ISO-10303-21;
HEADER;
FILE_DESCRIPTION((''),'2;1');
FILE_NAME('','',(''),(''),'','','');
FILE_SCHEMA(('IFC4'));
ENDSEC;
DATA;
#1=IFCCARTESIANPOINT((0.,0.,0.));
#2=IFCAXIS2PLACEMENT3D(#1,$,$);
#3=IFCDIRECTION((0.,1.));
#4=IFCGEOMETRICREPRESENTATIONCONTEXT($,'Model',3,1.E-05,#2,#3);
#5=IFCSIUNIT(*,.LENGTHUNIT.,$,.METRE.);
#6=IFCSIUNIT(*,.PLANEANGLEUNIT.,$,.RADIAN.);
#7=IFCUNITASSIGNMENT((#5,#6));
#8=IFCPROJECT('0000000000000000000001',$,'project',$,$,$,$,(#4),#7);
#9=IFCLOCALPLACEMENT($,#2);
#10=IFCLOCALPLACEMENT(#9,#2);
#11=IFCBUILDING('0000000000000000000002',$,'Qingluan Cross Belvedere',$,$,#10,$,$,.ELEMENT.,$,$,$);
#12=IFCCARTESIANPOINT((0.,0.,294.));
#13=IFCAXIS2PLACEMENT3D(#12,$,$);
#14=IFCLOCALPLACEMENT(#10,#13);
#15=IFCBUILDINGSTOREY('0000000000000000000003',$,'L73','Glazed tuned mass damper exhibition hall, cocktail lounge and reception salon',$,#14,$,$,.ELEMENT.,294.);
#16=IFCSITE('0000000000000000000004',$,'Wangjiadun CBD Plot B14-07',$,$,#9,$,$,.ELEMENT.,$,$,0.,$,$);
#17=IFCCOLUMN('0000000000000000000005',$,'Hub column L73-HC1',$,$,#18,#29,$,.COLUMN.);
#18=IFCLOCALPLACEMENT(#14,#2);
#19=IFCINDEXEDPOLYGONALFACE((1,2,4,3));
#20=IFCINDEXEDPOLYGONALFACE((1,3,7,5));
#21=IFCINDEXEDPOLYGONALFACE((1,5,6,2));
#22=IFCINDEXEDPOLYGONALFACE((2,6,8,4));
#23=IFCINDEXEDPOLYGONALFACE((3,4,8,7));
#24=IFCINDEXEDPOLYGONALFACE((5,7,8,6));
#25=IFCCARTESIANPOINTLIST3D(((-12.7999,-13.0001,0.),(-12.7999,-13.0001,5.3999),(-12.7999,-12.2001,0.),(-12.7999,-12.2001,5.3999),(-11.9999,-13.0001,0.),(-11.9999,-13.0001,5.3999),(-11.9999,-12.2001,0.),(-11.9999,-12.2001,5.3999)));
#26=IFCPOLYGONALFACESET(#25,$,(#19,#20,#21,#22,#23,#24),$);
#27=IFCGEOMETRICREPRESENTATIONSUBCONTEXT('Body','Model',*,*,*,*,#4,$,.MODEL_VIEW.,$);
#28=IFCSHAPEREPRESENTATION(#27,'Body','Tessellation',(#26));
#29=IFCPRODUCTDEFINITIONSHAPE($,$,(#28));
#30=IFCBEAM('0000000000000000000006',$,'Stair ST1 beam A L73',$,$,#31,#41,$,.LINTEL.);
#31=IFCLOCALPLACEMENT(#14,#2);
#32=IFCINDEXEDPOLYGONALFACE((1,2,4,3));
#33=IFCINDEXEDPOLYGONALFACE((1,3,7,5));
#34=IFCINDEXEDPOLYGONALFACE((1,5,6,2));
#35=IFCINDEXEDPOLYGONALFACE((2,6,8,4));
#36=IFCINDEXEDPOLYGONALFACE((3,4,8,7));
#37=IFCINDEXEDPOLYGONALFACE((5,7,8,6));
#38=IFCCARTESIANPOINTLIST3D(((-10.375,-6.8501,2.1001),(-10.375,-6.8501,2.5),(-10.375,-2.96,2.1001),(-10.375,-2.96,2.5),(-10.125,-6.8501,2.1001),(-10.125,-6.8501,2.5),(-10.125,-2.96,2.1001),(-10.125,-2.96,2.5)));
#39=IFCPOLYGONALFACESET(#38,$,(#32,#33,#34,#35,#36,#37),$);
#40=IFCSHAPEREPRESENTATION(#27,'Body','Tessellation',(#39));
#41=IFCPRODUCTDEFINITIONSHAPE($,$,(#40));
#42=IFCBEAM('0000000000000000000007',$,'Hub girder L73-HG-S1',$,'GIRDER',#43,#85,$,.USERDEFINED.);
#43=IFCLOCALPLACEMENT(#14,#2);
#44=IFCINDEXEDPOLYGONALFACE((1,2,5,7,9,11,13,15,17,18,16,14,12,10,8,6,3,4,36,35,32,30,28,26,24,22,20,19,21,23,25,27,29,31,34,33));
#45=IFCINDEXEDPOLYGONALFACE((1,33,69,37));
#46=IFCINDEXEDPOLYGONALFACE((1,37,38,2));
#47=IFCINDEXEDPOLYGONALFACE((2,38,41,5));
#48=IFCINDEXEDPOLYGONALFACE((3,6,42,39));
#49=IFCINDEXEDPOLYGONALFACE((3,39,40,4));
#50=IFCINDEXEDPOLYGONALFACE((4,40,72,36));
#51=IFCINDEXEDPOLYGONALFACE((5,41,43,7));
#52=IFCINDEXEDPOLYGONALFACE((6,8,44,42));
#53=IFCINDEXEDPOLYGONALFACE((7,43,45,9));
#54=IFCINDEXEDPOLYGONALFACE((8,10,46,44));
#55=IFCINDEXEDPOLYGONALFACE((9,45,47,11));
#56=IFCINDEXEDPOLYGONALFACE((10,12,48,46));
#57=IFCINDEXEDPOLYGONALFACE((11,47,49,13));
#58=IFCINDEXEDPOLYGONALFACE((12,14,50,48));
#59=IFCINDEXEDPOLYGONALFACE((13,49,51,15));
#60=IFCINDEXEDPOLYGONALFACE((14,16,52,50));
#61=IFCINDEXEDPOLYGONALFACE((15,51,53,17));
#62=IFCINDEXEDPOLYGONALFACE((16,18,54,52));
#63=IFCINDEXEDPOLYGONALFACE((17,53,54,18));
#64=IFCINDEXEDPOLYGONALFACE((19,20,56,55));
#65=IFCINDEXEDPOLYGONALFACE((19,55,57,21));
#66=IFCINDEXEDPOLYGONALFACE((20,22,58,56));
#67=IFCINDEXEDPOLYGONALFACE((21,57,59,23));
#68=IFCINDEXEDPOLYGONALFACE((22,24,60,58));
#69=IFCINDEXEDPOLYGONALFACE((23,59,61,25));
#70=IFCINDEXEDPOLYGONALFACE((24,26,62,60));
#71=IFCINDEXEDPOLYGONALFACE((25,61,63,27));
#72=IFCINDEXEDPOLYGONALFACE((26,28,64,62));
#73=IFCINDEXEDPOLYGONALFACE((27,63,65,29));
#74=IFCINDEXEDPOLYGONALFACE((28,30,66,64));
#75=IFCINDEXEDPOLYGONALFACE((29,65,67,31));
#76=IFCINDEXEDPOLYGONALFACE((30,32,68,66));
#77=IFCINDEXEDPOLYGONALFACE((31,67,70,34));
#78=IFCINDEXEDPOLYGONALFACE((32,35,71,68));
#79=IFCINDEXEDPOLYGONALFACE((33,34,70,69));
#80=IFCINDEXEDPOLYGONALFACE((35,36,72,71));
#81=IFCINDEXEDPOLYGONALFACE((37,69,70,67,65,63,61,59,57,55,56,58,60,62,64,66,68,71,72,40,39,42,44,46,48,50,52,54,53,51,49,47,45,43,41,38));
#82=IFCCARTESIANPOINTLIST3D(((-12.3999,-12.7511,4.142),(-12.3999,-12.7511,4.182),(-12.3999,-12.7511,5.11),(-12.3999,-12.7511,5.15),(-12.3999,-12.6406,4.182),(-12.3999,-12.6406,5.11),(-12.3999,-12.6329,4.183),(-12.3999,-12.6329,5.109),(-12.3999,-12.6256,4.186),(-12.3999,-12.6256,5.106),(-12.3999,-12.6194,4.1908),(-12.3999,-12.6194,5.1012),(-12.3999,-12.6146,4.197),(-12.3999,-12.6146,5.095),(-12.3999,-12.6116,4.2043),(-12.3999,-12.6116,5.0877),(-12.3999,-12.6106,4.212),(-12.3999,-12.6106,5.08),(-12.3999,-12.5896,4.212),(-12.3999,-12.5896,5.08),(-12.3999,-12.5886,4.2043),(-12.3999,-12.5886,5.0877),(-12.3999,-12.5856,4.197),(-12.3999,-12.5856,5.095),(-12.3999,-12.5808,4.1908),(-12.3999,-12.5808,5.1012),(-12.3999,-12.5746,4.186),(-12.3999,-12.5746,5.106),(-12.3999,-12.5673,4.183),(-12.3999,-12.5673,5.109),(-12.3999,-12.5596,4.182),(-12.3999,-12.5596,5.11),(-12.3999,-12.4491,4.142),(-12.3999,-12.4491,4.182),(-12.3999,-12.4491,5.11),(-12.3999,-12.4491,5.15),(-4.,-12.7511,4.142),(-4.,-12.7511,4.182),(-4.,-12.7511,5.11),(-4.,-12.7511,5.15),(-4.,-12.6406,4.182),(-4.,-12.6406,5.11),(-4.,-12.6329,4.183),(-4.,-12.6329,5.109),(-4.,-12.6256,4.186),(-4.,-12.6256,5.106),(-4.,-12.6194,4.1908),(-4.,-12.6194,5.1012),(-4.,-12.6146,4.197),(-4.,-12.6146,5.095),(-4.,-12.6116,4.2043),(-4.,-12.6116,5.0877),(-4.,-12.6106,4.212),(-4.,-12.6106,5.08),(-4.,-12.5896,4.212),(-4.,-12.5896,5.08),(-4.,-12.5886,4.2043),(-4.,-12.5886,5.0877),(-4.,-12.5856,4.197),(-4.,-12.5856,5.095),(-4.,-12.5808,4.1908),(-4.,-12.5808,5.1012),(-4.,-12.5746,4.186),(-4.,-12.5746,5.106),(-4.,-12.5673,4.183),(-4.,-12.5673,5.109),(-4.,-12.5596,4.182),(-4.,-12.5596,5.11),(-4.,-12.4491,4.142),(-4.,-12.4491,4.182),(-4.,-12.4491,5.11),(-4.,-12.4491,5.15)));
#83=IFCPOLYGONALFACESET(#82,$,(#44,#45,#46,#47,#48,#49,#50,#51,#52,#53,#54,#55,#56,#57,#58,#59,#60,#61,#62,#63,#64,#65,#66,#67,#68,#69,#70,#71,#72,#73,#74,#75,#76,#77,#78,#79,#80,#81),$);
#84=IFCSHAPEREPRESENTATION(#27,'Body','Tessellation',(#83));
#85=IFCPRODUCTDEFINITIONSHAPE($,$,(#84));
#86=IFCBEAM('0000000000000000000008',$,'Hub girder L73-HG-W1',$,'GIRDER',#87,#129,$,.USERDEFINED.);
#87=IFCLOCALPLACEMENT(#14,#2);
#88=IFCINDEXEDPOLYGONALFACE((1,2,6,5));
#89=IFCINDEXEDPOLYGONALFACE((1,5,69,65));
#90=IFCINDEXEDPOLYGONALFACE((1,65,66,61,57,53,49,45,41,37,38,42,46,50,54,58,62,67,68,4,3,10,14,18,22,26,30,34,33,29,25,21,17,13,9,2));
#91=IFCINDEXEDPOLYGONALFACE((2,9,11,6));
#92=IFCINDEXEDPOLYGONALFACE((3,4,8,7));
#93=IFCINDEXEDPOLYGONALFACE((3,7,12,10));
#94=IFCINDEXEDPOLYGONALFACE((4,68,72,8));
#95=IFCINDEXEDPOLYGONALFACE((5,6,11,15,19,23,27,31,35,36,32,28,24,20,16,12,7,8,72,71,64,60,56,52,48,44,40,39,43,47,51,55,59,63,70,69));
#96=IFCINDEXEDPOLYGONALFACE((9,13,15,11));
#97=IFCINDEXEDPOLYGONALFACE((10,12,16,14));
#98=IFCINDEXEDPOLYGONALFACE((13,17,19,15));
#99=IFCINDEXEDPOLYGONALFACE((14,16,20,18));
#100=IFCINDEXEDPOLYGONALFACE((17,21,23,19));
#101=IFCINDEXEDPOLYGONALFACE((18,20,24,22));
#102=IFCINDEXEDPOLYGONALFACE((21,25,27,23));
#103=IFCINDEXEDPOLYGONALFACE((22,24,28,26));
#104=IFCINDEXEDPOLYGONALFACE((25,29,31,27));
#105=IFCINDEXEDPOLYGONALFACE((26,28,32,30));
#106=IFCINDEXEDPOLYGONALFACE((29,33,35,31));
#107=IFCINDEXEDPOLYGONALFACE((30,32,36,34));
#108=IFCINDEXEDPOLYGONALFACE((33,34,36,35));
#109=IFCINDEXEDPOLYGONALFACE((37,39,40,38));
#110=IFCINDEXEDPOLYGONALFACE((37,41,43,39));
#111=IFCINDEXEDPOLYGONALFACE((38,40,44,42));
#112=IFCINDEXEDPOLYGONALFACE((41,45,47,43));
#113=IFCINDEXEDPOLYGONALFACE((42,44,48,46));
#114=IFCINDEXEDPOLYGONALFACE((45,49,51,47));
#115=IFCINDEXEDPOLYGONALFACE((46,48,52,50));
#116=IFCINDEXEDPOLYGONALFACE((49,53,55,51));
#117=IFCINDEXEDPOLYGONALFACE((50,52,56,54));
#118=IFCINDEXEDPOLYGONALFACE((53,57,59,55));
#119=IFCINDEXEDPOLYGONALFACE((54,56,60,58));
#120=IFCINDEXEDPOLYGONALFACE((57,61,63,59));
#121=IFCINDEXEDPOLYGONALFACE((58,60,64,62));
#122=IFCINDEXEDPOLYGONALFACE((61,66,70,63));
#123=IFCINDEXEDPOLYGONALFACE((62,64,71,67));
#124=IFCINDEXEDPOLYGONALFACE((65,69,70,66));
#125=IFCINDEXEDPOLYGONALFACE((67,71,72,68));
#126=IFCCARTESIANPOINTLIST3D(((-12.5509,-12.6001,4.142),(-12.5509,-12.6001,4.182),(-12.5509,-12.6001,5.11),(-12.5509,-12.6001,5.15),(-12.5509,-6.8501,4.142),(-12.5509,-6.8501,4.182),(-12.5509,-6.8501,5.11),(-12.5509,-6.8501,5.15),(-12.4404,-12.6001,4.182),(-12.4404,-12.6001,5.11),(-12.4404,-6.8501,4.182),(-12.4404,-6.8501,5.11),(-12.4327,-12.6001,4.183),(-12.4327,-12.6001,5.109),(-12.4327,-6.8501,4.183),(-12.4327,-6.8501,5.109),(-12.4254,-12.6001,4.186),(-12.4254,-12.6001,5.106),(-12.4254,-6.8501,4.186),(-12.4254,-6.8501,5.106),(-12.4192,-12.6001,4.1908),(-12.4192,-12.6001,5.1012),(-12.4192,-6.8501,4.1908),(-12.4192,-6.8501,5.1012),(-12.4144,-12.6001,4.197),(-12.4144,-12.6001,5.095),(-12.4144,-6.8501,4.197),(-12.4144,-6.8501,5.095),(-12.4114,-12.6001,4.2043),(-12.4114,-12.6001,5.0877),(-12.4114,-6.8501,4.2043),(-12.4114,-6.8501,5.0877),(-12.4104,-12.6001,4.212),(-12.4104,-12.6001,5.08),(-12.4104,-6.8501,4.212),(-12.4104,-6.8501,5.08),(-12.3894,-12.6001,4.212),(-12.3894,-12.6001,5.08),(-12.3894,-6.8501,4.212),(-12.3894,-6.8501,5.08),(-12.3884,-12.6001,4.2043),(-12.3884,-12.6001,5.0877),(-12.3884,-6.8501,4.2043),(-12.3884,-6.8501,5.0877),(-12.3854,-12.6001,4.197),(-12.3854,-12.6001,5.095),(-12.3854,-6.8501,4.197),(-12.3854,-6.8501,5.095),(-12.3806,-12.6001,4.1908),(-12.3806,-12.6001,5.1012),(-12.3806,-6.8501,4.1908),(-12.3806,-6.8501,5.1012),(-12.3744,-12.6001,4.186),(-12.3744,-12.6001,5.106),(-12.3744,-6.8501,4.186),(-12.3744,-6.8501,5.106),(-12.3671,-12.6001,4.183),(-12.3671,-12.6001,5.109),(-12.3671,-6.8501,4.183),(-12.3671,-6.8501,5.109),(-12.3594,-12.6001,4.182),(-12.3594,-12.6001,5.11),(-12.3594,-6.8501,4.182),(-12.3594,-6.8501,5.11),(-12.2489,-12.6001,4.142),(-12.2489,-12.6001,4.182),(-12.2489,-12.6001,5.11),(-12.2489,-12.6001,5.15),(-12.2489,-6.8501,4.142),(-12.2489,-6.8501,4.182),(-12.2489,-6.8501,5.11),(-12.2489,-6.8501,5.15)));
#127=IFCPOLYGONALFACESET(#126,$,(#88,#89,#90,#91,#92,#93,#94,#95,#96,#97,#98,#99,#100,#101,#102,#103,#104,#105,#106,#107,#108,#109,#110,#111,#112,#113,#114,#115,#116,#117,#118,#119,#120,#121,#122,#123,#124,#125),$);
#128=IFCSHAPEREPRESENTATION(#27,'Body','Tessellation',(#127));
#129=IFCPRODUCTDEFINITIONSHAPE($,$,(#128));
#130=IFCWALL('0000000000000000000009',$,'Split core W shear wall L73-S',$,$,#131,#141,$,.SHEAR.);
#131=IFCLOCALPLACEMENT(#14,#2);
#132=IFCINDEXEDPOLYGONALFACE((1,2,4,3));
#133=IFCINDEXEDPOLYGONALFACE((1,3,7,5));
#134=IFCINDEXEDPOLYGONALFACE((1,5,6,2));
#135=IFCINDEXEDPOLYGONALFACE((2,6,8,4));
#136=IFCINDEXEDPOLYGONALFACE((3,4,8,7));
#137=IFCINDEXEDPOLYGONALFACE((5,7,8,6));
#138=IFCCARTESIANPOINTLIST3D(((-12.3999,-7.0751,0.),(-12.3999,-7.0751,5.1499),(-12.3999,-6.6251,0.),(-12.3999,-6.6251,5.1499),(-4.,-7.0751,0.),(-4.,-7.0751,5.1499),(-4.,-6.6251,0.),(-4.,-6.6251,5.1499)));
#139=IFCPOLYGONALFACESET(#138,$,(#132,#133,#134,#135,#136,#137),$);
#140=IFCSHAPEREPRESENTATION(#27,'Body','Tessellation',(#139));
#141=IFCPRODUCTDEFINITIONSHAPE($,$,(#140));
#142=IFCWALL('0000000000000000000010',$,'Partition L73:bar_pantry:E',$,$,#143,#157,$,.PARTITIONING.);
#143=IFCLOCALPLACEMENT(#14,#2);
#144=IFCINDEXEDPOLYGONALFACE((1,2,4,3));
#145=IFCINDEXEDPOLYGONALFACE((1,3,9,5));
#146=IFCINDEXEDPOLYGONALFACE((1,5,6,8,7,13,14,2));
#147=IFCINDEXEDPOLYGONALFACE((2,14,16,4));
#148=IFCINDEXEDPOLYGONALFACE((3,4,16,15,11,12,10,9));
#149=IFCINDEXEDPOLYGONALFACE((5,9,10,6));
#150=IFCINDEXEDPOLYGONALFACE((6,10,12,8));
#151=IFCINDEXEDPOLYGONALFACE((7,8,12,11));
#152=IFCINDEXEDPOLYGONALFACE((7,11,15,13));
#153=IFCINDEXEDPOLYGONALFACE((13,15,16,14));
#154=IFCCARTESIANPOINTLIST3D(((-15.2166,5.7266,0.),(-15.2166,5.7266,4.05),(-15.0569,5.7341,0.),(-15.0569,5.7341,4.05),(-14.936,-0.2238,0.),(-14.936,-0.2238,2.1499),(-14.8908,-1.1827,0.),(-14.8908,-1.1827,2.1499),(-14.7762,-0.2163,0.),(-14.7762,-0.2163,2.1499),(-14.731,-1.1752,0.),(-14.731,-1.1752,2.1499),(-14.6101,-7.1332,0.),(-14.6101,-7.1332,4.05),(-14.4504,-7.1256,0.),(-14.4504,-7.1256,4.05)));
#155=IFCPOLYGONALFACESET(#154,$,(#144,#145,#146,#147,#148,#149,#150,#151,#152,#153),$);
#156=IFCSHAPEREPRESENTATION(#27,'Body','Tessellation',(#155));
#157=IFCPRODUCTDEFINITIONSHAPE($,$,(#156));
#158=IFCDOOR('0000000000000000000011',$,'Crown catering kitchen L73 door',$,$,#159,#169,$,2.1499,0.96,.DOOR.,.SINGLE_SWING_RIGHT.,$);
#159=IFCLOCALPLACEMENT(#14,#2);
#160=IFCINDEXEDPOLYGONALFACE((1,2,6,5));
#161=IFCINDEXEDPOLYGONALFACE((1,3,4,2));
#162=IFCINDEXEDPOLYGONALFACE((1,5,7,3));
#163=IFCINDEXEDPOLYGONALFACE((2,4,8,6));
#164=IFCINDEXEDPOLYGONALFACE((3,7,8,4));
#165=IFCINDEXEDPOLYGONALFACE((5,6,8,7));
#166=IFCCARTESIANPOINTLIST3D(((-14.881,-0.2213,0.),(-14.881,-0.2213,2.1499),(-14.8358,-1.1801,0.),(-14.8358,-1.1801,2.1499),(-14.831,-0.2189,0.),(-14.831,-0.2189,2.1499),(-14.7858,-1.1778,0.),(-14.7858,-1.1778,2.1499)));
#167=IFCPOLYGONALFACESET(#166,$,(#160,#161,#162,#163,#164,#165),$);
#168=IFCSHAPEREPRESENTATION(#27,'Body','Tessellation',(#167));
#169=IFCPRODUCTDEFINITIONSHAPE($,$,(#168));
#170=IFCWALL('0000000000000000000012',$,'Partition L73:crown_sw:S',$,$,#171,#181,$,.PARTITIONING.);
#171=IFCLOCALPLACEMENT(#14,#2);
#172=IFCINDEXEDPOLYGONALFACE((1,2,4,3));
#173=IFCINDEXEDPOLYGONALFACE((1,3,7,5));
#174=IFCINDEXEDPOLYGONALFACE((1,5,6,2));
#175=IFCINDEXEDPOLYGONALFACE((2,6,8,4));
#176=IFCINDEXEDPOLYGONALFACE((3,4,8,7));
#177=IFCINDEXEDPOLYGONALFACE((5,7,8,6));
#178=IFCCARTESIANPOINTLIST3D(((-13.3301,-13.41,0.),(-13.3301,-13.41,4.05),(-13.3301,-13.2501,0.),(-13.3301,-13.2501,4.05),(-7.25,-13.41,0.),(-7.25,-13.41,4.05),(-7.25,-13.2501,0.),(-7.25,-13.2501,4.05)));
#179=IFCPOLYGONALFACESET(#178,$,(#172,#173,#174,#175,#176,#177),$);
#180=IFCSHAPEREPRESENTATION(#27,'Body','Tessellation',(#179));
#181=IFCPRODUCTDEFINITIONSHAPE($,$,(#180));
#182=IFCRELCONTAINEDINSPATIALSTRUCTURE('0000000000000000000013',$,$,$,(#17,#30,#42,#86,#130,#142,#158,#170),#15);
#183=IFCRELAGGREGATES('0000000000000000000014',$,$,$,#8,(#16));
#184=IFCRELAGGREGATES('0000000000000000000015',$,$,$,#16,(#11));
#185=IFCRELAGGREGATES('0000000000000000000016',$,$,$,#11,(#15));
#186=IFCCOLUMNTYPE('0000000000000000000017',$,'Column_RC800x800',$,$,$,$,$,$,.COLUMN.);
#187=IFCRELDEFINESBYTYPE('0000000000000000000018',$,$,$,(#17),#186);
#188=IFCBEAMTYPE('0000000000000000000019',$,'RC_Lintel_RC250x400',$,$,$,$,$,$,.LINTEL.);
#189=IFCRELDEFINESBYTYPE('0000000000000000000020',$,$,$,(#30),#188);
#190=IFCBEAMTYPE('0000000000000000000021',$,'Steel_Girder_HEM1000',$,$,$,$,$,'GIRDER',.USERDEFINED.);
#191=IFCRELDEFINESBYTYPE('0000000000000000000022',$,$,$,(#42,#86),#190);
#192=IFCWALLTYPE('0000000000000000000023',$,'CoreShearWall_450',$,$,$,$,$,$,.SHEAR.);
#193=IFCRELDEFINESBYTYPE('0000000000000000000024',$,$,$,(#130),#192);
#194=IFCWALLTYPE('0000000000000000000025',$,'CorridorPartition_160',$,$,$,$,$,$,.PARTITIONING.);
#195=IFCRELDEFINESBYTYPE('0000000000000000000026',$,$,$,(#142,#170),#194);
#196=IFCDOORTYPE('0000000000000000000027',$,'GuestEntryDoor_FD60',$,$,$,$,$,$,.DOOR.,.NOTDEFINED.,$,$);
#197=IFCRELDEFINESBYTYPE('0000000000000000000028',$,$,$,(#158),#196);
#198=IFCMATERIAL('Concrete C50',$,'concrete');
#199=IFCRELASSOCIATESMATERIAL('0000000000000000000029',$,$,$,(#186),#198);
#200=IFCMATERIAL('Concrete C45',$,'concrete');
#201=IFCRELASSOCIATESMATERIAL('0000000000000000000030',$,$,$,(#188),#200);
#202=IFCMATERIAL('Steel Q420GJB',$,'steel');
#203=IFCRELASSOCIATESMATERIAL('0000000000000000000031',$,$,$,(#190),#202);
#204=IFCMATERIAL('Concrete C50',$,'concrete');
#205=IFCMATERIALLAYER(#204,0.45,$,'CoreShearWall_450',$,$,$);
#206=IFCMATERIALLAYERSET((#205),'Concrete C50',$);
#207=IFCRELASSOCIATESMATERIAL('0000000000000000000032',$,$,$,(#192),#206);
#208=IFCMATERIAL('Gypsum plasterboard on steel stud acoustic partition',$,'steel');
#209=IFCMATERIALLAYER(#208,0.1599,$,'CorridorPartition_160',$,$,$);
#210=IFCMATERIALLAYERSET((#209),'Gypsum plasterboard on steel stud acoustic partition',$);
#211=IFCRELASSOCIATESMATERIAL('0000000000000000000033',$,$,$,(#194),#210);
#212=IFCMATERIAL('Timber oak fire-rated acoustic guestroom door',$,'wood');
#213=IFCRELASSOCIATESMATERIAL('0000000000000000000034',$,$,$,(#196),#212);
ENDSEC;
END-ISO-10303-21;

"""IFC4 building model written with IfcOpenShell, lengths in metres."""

from ifc_helpers import new_model, si_unit, direction, frame, frame_2d, origin, origin_2d, place, context, subcontext, project, spatial, rectangle, i_section, extrude, material, layer, layer_set, material_profile, profile_set, type_object, element, fill, save


model = new_model("IFC4")

# Units and contexts
model_context = context("Model", 3, precision=1e-05, world=origin(), true_north=direction((0.0, 1.0)))
body_context = subcontext(model_context, "Body", "Model", "MODEL_VIEW")
ifc_project = project(units=[si_unit("LENGTHUNIT", "METRE"), si_unit("PLANEANGLEUNIT", "RADIAN")], contexts=[model_context])

# Site, building, storey
site_placement = place(None, origin())
site = spatial("IfcSite", under=ifc_project, at=site_placement, Name="Wangjiadun CBD Plot B14-07", CompositionType="ELEMENT", RefElevation=0.0)
building_placement = place(site_placement, origin())
building = spatial("IfcBuilding", under=site, at=building_placement, Name="Qingluan Cross Belvedere", CompositionType="ELEMENT")
storey_placement = place(building_placement, frame((0.0, 0.0, 294.0)))
storey = spatial("IfcBuildingStorey", under=building, at=storey_placement, Name="L73", Description="Glazed tuned mass damper exhibition hall, cocktail lounge and reception salon", CompositionType="ELEMENT", Elevation=294.0)

# Column
ifc_material_1 = material(Name="Concrete C50", Category="concrete")
ifc_material_profile_1 = material_profile(ifc_material_1, rectangle(XDim=0.8, YDim=0.8, at=origin_2d()), Name="RC800x800")
ifc_profile_set_1 = profile_set([ifc_material_profile_1], Name="Concrete C50")
column_type = type_object("IfcColumnType", Name="Column_RC800x800", PredefinedType="COLUMN", material=ifc_profile_set_1)
column_placement = place(storey_placement, frame((-12.3999, -12.6001, 0.0), z_axis=(0.0, 0.0, 1.0), x_axis=(1.0, 0.0, 0.0)))
element("IfcColumn", 1, at=column_placement, inside=storey, type_object=column_type, Name="Hub column L73-HC1", PredefinedType="COLUMN", context=body_context, shape_type="SweptSolid", body=[
    extrude(rectangle(XDim=0.8, YDim=0.8, at=origin_2d()), origin(), (0.0, 0.0, 1.0), 5.3999),
])

# Beams
ifc_material_2 = material(Name="Concrete C45", Category="concrete")
ifc_material_profile_2 = material_profile(ifc_material_2, rectangle(XDim=0.25, YDim=0.3999, at=origin_2d()), Name="RC250x400")
ifc_profile_set_2 = profile_set([ifc_material_profile_2], Name="Concrete C45")
beam_type_1 = type_object("IfcBeamType", Name="RC_Lintel_RC250x400", PredefinedType="LINTEL", material=ifc_profile_set_2)
beam_1_placement = place(storey_placement, frame((-10.25, -6.8501, 2.3), z_axis=(0.0, 1.0, 0.0), x_axis=(-1.0, 0.0, 0.0)))
element("IfcBeam", 2, at=beam_1_placement, inside=storey, type_object=beam_type_1, Name="Stair ST1 beam A L73", PredefinedType="LINTEL", context=body_context, shape_type="SweptSolid", body=[
    extrude(rectangle(XDim=0.25, YDim=0.3999, at=origin_2d()), origin(), (0.0, 0.0, 1.0), 3.8901),
])
ifc_material_3 = material(Name="Steel Q420GJB", Category="steel")
ifc_material_profile_3 = material_profile(ifc_material_3, i_section(OverallWidth=0.302, OverallDepth=1.0081, WebThickness=0.021, FlangeThickness=0.04, FilletRadius=0.03, at=origin_2d()), Name="HEM1000")
ifc_profile_set_3 = profile_set([ifc_material_profile_3], Name="Steel Q420GJB")
beam_type_2 = type_object("IfcBeamType", Name="Steel_Girder_HEM1000", ElementType="GIRDER", PredefinedType="USERDEFINED", material=ifc_profile_set_3)
beam_2_placement = place(storey_placement, frame((-12.3999, -12.6001, 4.646), z_axis=(1.0, 0.0, 0.0), x_axis=(0.0, 1.0, 0.0)))
element("IfcBeam", 3, at=beam_2_placement, inside=storey, type_object=beam_type_2, Name="Hub girder L73-HG-S1", ObjectType="GIRDER", PredefinedType="USERDEFINED", context=body_context, shape_type="SweptSolid", body=[
    extrude(i_section(OverallWidth=0.302, OverallDepth=1.0081, WebThickness=0.021, FlangeThickness=0.04, FilletRadius=0.03, at=origin_2d()), origin(), (0.0, 0.0, 1.0), 8.3999),
])
beam_3_placement = place(storey_placement, frame((-12.3999, -12.6001, 4.646), z_axis=(0.0, 1.0, 0.0), x_axis=(-1.0, 0.0, 0.0)))
element("IfcBeam", 4, at=beam_3_placement, inside=storey, type_object=beam_type_2, Name="Hub girder L73-HG-W1", ObjectType="GIRDER", PredefinedType="USERDEFINED", context=body_context, shape_type="SweptSolid", body=[
    extrude(i_section(OverallWidth=0.302, OverallDepth=1.0081, WebThickness=0.021, FlangeThickness=0.04, FilletRadius=0.03, at=origin_2d()), origin(), (0.0, 0.0, 1.0), 5.75),
])

# Wall
ifc_material_4 = material(Name="Concrete C50", Category="concrete")
ifc_layer_1 = layer(ifc_material_4, 0.45, Name="CoreShearWall_450")
ifc_layer_set_1 = layer_set([ifc_layer_1], Name="Concrete C50")
wall_type_1 = type_object("IfcWallType", Name="CoreShearWall_450", PredefinedType="SHEAR", material=ifc_layer_set_1)
wall_1_placement = place(storey_placement, frame((-12.3999, -6.8501, 0.0), z_axis=(0.0, 0.0, 1.0), x_axis=(1.0, 0.0, 0.0)))
element("IfcWall", 5, at=wall_1_placement, inside=storey, type_object=wall_type_1, Name="Split core W shear wall L73-S", PredefinedType="SHEAR", context=body_context, shape_type="SweptSolid", body=[
    extrude(rectangle(XDim=8.3999, YDim=0.45, at=frame_2d((4.2, 0.0))), origin(), (0.0, 0.0, 1.0), 5.1499),
])

# Wall, opening, door
ifc_material_5 = material(Name="Gypsum plasterboard on steel stud acoustic partition", Category="steel")
ifc_layer_2 = layer(ifc_material_5, 0.1599, Name="CorridorPartition_160")
ifc_layer_set_2 = layer_set([ifc_layer_2], Name="Gypsum plasterboard on steel stud acoustic partition")
wall_type_2 = type_object("IfcWallType", Name="CorridorPartition_160", PredefinedType="PARTITIONING", material=ifc_layer_set_2)
wall_2_placement = place(storey_placement, frame((-14.5303, -7.1294, 0.0), z_axis=(0.0, 0.0, 1.0), x_axis=(-0.047107, 0.99889, 0.0)))
wall_2 = element("IfcWall", 6, at=wall_2_placement, inside=storey, type_object=wall_type_2, Name="Partition L73:bar_pantry:E", PredefinedType="PARTITIONING", context=body_context, shape_type="SweptSolid", body=[
    extrude(rectangle(XDim=12.874, YDim=0.1599, at=frame_2d((6.437, 0.0))), origin(), (0.0, 0.0, 1.0), 4.05),
])
opening_1_placement = place(wall_2_placement, frame((5.957, 0.0, 0.0)))
opening_1 = element("IfcOpeningElement", 7, at=opening_1_placement, cuts=wall_2, PredefinedType="OPENING", context=body_context, shape_type="SweptSolid", body=[
    extrude(rectangle(XDim=0.96, YDim=2.1499, at=frame_2d((0.48, 1.075))), frame((0.0, 0.0898, 0.0), z_axis=(0.0, -1.0, 0.0), x_axis=(1.0, 0.0, 0.0)), (0.0, 0.0, 1.0), 0.1799),
])
ifc_material_6 = material(Name="Timber oak fire-rated acoustic guestroom door", Category="wood")
door_type_1 = type_object("IfcDoorType", Name="GuestEntryDoor_FD60", OperationType="NOTDEFINED", PredefinedType="DOOR", material=ifc_material_6)
door_1_placement = place(opening_1_placement, origin())
door_1 = element("IfcDoor", 8, at=door_1_placement, inside=storey, type_object=door_type_1, Name="Crown catering kitchen L73 door", OperationType="SINGLE_SWING_RIGHT", OverallHeight=2.1499, OverallWidth=0.96, PredefinedType="DOOR", context=body_context, shape_type="SweptSolid", body=[
    extrude(rectangle(XDim=0.96, YDim=2.1499, at=frame_2d((0.48, 1.075))), frame((0.0, 0.0249, 0.0), z_axis=(0.0, -1.0, 0.0), x_axis=(1.0, 0.0, 0.0)), (0.0, 0.0, 1.0), 0.05),
])
fill(opening_1, door_1)

# Wall
wall_3_placement = place(storey_placement, frame((-13.3301, -13.3301, 0.0), z_axis=(0.0, 0.0, 1.0), x_axis=(1.0, 0.0, 0.0)))
element("IfcWall", 9, at=wall_3_placement, inside=storey, type_object=wall_type_2, Name="Partition L73:crown_sw:S", PredefinedType="PARTITIONING", context=body_context, shape_type="SweptSolid", body=[
    extrude(rectangle(XDim=6.0801, YDim=0.1599, at=frame_2d((3.04, 0.0))), origin(), (0.0, 0.0, 1.0), 4.05),
])

save(model, "model.ifc")
